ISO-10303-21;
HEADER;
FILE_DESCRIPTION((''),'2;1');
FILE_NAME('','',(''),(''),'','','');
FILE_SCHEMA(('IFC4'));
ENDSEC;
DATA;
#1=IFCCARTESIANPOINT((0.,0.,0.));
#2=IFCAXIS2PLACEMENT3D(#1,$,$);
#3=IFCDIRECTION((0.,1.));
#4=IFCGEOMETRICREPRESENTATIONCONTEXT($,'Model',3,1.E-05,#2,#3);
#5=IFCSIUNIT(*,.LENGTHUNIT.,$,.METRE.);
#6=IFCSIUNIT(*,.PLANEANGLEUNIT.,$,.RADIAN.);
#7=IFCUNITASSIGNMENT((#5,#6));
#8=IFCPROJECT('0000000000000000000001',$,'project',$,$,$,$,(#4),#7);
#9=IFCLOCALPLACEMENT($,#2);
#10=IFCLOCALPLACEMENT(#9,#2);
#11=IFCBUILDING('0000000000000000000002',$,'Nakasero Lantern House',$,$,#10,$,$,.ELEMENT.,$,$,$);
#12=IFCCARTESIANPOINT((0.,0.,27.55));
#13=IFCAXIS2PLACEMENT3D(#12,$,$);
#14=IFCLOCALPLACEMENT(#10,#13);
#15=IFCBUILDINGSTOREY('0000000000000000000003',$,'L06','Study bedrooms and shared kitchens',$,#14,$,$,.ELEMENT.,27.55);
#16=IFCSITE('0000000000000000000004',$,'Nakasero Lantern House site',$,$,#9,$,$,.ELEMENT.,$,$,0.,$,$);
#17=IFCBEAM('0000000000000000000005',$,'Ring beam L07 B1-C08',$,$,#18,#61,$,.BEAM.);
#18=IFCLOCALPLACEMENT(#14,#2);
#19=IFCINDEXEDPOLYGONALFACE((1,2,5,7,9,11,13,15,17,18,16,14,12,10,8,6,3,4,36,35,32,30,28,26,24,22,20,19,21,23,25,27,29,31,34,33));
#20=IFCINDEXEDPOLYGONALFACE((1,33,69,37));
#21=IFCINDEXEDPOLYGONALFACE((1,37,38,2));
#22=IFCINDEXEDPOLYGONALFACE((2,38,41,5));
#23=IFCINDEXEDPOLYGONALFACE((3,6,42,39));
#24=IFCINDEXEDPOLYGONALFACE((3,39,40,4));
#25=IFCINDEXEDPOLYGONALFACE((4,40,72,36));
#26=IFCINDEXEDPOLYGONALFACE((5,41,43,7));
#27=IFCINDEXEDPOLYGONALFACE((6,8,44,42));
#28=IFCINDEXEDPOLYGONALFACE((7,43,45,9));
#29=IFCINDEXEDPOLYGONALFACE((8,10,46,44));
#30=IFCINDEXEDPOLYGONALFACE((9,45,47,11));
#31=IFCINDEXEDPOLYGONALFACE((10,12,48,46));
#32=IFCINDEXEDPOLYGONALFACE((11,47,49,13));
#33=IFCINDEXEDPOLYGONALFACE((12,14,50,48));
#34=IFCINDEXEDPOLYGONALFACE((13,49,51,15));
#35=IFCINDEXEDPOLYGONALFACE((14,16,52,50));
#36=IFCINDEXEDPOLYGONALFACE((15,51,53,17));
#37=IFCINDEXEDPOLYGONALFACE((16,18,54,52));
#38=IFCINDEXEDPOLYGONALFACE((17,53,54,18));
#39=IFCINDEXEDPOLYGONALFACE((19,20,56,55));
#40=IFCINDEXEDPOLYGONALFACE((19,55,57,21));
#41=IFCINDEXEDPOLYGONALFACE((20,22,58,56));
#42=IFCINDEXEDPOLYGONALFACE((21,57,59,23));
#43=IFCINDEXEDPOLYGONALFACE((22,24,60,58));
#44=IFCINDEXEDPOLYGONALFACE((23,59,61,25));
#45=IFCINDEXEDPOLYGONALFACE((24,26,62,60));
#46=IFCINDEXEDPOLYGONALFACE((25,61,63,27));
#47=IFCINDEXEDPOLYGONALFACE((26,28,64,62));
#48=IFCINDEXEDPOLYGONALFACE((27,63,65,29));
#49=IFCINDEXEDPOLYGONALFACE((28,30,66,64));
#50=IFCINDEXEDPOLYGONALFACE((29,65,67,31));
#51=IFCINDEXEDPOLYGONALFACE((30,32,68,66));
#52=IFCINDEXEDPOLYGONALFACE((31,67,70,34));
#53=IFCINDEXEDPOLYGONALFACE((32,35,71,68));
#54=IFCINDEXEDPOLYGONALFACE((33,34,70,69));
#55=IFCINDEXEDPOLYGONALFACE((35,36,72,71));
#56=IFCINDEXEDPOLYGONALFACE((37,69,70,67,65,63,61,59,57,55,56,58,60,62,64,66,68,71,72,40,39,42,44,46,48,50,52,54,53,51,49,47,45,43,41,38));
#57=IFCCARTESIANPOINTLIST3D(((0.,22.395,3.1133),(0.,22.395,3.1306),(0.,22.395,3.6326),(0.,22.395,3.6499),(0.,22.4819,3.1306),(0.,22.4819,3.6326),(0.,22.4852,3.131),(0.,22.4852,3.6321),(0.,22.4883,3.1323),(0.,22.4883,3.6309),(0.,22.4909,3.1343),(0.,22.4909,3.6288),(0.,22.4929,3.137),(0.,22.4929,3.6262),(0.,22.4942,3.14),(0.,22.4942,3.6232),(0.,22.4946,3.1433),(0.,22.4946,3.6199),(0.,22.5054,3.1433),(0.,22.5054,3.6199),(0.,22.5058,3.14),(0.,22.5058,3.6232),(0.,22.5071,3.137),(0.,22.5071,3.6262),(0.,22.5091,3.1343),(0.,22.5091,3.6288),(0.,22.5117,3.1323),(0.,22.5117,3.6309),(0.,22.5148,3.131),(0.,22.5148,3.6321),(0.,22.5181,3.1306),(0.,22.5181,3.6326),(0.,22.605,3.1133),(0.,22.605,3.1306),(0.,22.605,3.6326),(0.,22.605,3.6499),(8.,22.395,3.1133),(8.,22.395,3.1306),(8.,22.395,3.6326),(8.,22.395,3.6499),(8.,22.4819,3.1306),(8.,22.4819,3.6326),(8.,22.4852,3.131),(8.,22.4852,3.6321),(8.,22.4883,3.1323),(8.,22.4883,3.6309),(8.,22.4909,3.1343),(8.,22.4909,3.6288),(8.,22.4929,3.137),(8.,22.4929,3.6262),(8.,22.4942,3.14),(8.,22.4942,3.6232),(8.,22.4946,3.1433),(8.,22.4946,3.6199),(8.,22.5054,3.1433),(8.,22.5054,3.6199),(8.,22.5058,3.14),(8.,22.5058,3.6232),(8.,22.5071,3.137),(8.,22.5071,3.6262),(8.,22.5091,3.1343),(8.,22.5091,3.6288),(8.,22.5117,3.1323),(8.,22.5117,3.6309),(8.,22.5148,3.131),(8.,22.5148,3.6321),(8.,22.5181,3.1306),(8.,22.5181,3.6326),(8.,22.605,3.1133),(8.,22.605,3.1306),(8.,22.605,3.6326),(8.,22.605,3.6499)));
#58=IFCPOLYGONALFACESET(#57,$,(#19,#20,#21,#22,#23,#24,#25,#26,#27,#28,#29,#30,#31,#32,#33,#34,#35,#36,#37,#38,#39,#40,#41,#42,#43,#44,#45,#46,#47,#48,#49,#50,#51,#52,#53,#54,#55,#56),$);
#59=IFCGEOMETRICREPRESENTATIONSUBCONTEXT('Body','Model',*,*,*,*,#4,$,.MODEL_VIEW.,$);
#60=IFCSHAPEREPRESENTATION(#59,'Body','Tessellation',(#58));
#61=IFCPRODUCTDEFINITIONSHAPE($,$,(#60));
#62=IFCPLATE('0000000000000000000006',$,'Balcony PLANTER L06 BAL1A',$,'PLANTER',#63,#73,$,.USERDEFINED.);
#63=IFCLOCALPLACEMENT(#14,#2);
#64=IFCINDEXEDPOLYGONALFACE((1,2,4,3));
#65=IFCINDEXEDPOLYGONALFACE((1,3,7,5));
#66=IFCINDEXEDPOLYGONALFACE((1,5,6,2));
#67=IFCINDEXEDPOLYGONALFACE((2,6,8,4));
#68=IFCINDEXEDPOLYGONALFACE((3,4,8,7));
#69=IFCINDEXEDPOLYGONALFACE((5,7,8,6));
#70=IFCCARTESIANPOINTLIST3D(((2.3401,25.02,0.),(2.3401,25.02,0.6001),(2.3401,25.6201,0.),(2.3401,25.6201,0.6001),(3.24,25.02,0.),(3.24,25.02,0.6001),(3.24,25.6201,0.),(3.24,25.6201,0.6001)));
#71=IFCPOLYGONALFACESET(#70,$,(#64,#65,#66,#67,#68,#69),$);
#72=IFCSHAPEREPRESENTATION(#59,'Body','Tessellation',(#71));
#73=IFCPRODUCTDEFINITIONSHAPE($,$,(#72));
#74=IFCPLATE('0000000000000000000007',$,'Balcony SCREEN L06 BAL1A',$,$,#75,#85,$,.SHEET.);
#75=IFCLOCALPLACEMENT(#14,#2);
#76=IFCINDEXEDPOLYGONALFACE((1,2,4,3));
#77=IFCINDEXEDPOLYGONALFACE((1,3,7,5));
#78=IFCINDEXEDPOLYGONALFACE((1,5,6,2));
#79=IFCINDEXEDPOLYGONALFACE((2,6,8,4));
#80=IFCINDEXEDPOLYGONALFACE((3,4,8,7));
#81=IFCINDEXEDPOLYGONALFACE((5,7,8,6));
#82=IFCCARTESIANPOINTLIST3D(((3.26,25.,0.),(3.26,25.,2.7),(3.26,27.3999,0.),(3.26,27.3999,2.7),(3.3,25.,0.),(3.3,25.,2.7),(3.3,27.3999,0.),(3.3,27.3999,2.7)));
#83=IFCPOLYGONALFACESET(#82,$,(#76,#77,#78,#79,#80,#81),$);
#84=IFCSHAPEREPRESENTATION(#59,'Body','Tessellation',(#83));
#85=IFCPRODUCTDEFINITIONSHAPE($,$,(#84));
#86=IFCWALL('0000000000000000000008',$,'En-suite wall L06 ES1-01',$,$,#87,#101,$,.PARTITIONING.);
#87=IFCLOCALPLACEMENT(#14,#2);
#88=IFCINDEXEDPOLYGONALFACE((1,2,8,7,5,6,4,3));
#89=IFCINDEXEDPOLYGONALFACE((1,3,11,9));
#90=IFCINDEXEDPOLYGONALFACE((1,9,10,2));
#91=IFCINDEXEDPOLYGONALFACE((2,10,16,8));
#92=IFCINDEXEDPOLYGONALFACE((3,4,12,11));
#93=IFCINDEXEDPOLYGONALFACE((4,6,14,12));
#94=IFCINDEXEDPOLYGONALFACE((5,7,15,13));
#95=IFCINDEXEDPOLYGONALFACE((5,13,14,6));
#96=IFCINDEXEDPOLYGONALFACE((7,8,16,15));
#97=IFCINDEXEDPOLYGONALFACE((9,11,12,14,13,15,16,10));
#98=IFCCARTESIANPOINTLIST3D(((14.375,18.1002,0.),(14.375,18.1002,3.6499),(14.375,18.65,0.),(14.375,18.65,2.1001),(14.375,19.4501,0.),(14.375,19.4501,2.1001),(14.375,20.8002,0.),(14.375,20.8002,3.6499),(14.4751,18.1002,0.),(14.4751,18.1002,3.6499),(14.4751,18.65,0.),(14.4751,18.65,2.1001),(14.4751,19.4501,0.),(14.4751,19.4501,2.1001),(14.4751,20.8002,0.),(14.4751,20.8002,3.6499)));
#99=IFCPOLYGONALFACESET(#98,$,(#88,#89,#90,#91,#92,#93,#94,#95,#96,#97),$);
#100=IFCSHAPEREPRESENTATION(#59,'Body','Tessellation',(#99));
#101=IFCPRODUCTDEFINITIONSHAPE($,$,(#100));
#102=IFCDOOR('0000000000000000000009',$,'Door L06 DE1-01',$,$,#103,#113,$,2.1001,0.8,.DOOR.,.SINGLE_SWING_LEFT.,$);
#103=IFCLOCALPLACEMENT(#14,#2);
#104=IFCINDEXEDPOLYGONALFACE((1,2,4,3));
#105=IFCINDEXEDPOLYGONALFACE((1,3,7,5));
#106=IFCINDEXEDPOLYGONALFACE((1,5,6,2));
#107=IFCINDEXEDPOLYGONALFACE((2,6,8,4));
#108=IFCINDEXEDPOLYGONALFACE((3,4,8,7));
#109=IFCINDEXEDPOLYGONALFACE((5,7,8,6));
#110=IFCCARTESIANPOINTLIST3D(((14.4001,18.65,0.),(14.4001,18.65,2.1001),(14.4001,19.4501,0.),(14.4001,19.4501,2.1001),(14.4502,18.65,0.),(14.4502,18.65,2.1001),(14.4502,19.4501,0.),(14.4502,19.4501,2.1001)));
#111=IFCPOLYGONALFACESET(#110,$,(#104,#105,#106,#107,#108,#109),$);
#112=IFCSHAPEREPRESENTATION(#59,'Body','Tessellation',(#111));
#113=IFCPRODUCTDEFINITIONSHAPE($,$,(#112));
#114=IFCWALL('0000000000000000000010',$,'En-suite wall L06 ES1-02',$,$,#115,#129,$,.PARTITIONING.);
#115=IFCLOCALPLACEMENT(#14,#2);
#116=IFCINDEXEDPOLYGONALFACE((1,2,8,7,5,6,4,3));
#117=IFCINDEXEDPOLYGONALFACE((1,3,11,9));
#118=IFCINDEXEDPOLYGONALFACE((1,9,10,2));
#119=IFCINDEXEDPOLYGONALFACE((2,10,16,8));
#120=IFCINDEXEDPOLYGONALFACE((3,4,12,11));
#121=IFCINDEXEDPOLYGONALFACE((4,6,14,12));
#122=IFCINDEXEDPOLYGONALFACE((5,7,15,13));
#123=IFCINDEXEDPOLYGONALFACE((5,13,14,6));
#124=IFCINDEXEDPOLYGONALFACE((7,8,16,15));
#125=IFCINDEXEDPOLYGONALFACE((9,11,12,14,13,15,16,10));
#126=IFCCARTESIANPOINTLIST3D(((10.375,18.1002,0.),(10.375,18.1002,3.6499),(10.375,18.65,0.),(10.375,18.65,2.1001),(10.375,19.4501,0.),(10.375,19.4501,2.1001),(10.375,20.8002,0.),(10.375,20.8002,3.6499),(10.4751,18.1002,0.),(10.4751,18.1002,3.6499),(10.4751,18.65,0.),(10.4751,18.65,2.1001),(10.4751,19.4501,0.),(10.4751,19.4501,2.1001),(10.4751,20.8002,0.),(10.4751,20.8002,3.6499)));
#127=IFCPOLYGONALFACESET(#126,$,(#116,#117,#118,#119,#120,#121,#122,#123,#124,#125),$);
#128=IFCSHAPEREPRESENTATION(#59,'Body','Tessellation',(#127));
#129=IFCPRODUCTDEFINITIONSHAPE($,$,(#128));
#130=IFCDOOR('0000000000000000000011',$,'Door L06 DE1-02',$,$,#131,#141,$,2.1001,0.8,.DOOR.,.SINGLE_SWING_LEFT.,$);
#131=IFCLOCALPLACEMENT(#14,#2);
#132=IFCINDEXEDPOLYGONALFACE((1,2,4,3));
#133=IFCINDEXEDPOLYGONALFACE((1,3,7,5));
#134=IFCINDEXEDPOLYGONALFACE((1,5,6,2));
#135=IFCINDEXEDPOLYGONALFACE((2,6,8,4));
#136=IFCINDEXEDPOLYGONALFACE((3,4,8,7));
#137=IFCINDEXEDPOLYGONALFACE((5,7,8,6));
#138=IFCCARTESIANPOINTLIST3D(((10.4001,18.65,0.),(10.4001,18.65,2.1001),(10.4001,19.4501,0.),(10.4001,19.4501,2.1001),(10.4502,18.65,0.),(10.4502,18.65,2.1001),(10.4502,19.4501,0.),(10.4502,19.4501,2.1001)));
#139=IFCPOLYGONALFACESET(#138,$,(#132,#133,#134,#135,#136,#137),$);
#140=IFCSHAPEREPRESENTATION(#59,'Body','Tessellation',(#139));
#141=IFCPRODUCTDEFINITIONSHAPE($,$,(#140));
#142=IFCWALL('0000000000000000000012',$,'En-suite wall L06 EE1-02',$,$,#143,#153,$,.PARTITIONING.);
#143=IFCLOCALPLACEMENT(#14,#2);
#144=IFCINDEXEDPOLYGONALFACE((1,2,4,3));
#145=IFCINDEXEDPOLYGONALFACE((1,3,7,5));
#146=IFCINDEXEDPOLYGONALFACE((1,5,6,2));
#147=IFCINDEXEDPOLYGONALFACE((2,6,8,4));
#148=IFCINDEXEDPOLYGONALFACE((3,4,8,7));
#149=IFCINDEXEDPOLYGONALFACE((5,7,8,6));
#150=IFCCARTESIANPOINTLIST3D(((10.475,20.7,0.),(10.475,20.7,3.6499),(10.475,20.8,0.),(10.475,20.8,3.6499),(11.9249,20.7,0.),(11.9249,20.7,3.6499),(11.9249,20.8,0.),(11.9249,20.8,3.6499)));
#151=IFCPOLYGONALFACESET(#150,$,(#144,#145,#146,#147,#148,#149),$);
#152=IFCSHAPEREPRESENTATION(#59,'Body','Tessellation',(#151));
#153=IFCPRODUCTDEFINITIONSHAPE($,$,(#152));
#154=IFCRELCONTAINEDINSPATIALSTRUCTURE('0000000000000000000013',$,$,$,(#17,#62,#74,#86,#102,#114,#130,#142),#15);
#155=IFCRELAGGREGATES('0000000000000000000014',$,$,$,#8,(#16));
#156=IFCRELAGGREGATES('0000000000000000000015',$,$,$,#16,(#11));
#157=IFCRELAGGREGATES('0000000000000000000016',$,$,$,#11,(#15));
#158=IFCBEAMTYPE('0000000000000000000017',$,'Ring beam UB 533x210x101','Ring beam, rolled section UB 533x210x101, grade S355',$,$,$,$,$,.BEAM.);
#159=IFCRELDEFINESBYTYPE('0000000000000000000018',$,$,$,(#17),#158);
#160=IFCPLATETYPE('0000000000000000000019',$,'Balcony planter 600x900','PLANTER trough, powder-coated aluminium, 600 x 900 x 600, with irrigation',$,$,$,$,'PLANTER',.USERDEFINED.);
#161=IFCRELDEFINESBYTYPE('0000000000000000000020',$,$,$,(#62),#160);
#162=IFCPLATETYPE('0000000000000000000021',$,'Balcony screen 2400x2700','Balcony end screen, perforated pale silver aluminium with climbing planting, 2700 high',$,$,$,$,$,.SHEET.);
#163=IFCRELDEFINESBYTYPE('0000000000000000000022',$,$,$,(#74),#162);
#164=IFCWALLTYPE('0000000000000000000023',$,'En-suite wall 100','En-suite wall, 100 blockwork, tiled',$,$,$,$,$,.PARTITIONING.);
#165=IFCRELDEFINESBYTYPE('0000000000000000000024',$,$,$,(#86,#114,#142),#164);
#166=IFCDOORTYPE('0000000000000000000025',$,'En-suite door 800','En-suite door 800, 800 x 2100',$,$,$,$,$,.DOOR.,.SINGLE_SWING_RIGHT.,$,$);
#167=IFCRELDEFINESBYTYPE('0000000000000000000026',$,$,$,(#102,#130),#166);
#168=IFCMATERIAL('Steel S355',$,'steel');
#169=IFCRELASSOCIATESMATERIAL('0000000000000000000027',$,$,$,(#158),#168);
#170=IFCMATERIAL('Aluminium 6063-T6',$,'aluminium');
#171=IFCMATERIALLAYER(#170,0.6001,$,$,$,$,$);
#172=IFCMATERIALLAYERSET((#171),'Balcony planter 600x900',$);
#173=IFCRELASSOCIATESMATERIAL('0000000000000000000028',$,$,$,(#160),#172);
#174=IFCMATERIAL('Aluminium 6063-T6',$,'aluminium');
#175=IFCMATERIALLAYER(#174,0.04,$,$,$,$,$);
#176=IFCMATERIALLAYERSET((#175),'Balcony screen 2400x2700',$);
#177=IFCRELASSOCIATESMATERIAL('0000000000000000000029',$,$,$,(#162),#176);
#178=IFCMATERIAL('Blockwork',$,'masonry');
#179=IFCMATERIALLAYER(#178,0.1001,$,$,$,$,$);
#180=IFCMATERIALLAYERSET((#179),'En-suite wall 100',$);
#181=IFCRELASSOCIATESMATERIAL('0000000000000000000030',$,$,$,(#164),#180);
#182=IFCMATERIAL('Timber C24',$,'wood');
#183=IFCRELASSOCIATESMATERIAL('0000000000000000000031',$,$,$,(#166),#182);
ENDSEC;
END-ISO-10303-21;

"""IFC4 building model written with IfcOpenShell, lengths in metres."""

from ifc_helpers import new_model, si_unit, direction, frame, frame_2d, origin, origin_2d, place, context, subcontext, project, spatial, rectangle, i_section, extrude, material, layer, layer_set, material_profile, profile_set, type_object, element, fill, save


model = new_model("IFC4")

# Units and contexts
model_context = context("Model", 3, precision=1e-05, world=origin(), true_north=direction((0.0, 1.0)))
body_context = subcontext(model_context, "Body", "Model", "MODEL_VIEW")
ifc_project = project(units=[si_unit("LENGTHUNIT", "METRE"), si_unit("PLANEANGLEUNIT", "RADIAN")], contexts=[model_context])

# Site, building, storey
site_placement = place(None, origin())
site = spatial("IfcSite", under=ifc_project, at=site_placement, Name="Nakasero Lantern House site", CompositionType="ELEMENT", RefElevation=0.0)
building_placement = place(site_placement, origin())
building = spatial("IfcBuilding", under=site, at=building_placement, Name="Nakasero Lantern House", CompositionType="ELEMENT")
storey_placement = place(building_placement, frame((0.0, 0.0, 27.55)))
storey = spatial("IfcBuildingStorey", under=building, at=storey_placement, Name="L06", Description="Study bedrooms and shared kitchens", CompositionType="ELEMENT", Elevation=27.55)

# Beam
ifc_material_1 = material(Name="Steel S355", Category="steel")
ifc_material_profile_1 = material_profile(ifc_material_1, i_section(OverallWidth=0.21, OverallDepth=0.5366, WebThickness=0.0107, FlangeThickness=0.0173, FilletRadius=0.0127, at=origin_2d()), Name="UB 533x210x101")
ifc_profile_set_1 = profile_set([ifc_material_profile_1], Name="Steel S355")
beam_type_1 = type_object("IfcBeamType", Name="Ring beam UB 533x210x101", Description="Ring beam, rolled section UB 533x210x101, grade S355", PredefinedType="BEAM", material=ifc_profile_set_1)
beam_1_placement = place(storey_placement, frame((8.0, 22.5, 3.3816), z_axis=(-1.0, 0.0, 0.0), x_axis=(0.0, -1.0, 0.0)))
element("IfcBeam", 1, at=beam_1_placement, inside=storey, type_object=beam_type_1, Name="Ring beam L07 B1-C08", PredefinedType="BEAM", context=body_context, shape_type="SweptSolid", body=[
    extrude(i_section(OverallWidth=0.21, OverallDepth=0.5366, WebThickness=0.0107, FlangeThickness=0.0173, FilletRadius=0.0127, at=origin_2d()), origin(), (0.0, 0.0, 1.0), 8.0),
])

# Plates
ifc_material_2 = material(Name="Aluminium 6063-T6", Category="aluminium")
ifc_layer_1 = layer(ifc_material_2, 0.6001)
ifc_layer_set_1 = layer_set([ifc_layer_1], Name="Balcony planter 600x900")
plate_type_1 = type_object("IfcPlateType", Name="Balcony planter 600x900", Description="PLANTER trough, powder-coated aluminium, 600 x 900 x 600, with irrigation", ElementType="PLANTER", PredefinedType="USERDEFINED", material=ifc_layer_set_1)
plate_1_placement = place(storey_placement, frame((2.79, 25.3201, 0.0), z_axis=(0.0, 0.0, 1.0), x_axis=(0.0, 1.0, 0.0)))
element("IfcPlate", 2, at=plate_1_placement, inside=storey, type_object=plate_type_1, Name="Balcony PLANTER L06 BAL1A", ObjectType="PLANTER", PredefinedType="USERDEFINED", context=body_context, shape_type="SweptSolid", body=[
    extrude(rectangle(XDim=0.6001, YDim=0.8999, at=origin_2d()), origin(), (0.0, 0.0, 1.0), 0.6001),
])
ifc_material_3 = material(Name="Aluminium 6063-T6", Category="aluminium")
ifc_layer_2 = layer(ifc_material_3, 0.04)
ifc_layer_set_2 = layer_set([ifc_layer_2], Name="Balcony screen 2400x2700")
plate_type_2 = type_object("IfcPlateType", Name="Balcony screen 2400x2700", Description="Balcony end screen, perforated pale silver aluminium with climbing planting, 2700 high", PredefinedType="SHEET", material=ifc_layer_set_2)
plate_2_placement = place(storey_placement, frame((3.28, 26.2, 0.0), z_axis=(0.0, 0.0, 1.0), x_axis=(0.0, 1.0, 0.0)))
element("IfcPlate", 3, at=plate_2_placement, inside=storey, type_object=plate_type_2, Name="Balcony SCREEN L06 BAL1A", PredefinedType="SHEET", context=body_context, shape_type="SweptSolid", body=[
    extrude(rectangle(XDim=2.3999, YDim=0.04, at=origin_2d()), origin(), (0.0, 0.0, 1.0), 2.7),
])

# Walls, openings, doors
ifc_material_4 = material(Name="Blockwork", Category="masonry")
ifc_layer_3 = layer(ifc_material_4, 0.1001)
ifc_layer_set_3 = layer_set([ifc_layer_3], Name="En-suite wall 100")
wall_type_1 = type_object("IfcWallType", Name="En-suite wall 100", Description="En-suite wall, 100 blockwork, tiled", PredefinedType="PARTITIONING", material=ifc_layer_set_3)
wall_1_placement = place(storey_placement, frame((14.425, 18.1001, 0.0), z_axis=(0.0, 0.0, 1.0), x_axis=(0.0, 1.0, 0.0)))
wall_1 = element("IfcWall", 4, at=wall_1_placement, inside=storey, type_object=wall_type_1, Name="En-suite wall L06 ES1-01", PredefinedType="PARTITIONING", context=body_context, shape_type="SweptSolid", body=[
    extrude(rectangle(XDim=2.7, YDim=0.1001, at=frame_2d((1.3501, 0.0))), origin(), (0.0, 0.0, 1.0), 3.6499),
])
opening_1_placement = place(wall_1_placement, frame((0.55, 0.0, 0.0)))
opening_1 = element("IfcOpeningElement", 5, at=opening_1_placement, cuts=wall_1, PredefinedType="OPENING", context=body_context, shape_type="SweptSolid", body=[
    extrude(rectangle(XDim=0.8, YDim=2.1001, at=frame_2d((0.3999, 1.05))), frame((0.0, 0.0701, 0.0), z_axis=(0.0, -1.0, 0.0), x_axis=(1.0, 0.0, 0.0)), (0.0, 0.0, 1.0), 0.1401),
])
ifc_material_5 = material(Name="Timber C24", Category="wood")
door_type_1 = type_object("IfcDoorType", Name="En-suite door 800", Description="En-suite door 800, 800 x 2100", OperationType="SINGLE_SWING_RIGHT", PredefinedType="DOOR", material=ifc_material_5)
door_1_placement = place(opening_1_placement, origin())
door_1 = element("IfcDoor", 6, at=door_1_placement, inside=storey, type_object=door_type_1, Name="Door L06 DE1-01", OperationType="SINGLE_SWING_LEFT", OverallHeight=2.1001, OverallWidth=0.8, PredefinedType="DOOR", context=body_context, shape_type="SweptSolid", body=[
    extrude(rectangle(XDim=0.8, YDim=2.1001, at=frame_2d((0.3999, 1.05))), frame((0.0, 0.0249, 0.0), z_axis=(0.0, -1.0, 0.0), x_axis=(1.0, 0.0, 0.0)), (0.0, 0.0, 1.0), 0.05),
])
fill(opening_1, door_1)
wall_2_placement = place(storey_placement, frame((10.425, 18.1001, 0.0), z_axis=(0.0, 0.0, 1.0), x_axis=(0.0, 1.0, 0.0)))
wall_2 = element("IfcWall", 7, at=wall_2_placement, inside=storey, type_object=wall_type_1, Name="En-suite wall L06 ES1-02", PredefinedType="PARTITIONING", context=body_context, shape_type="SweptSolid", body=[
    extrude(rectangle(XDim=2.7, YDim=0.1001, at=frame_2d((1.3501, 0.0))), origin(), (0.0, 0.0, 1.0), 3.6499),
])
opening_2_placement = place(wall_2_placement, frame((0.55, 0.0, 0.0)))
opening_2 = element("IfcOpeningElement", 8, at=opening_2_placement, cuts=wall_2, PredefinedType="OPENING", context=body_context, shape_type="SweptSolid", body=[
    extrude(rectangle(XDim=0.8, YDim=2.1001, at=frame_2d((0.3999, 1.05))), frame((0.0, 0.0701, 0.0), z_axis=(0.0, -1.0, 0.0), x_axis=(1.0, 0.0, 0.0)), (0.0, 0.0, 1.0), 0.1401),
])
door_2_placement = place(opening_2_placement, origin())
door_2 = element("IfcDoor", 9, at=door_2_placement, inside=storey, type_object=door_type_1, Name="Door L06 DE1-02", OperationType="SINGLE_SWING_LEFT", OverallHeight=2.1001, OverallWidth=0.8, PredefinedType="DOOR", context=body_context, shape_type="SweptSolid", body=[
    extrude(rectangle(XDim=0.8, YDim=2.1001, at=frame_2d((0.3999, 1.05))), frame((0.0, 0.0249, 0.0), z_axis=(0.0, -1.0, 0.0), x_axis=(1.0, 0.0, 0.0)), (0.0, 0.0, 1.0), 0.05),
])
fill(opening_2, door_2)

# Wall
wall_3_placement = place(storey_placement, frame((11.925, 20.75, 0.0), z_axis=(0.0, 0.0, 1.0), x_axis=(-1.0, 0.0, 0.0)))
element("IfcWall", 10, at=wall_3_placement, inside=storey, type_object=wall_type_1, Name="En-suite wall L06 EE1-02", PredefinedType="PARTITIONING", context=body_context, shape_type="SweptSolid", body=[
    extrude(rectangle(XDim=1.45, YDim=0.1001, at=frame_2d((0.7251, 0.0))), origin(), (0.0, 0.0, 1.0), 3.6499),
])

save(model, "model.ifc")
